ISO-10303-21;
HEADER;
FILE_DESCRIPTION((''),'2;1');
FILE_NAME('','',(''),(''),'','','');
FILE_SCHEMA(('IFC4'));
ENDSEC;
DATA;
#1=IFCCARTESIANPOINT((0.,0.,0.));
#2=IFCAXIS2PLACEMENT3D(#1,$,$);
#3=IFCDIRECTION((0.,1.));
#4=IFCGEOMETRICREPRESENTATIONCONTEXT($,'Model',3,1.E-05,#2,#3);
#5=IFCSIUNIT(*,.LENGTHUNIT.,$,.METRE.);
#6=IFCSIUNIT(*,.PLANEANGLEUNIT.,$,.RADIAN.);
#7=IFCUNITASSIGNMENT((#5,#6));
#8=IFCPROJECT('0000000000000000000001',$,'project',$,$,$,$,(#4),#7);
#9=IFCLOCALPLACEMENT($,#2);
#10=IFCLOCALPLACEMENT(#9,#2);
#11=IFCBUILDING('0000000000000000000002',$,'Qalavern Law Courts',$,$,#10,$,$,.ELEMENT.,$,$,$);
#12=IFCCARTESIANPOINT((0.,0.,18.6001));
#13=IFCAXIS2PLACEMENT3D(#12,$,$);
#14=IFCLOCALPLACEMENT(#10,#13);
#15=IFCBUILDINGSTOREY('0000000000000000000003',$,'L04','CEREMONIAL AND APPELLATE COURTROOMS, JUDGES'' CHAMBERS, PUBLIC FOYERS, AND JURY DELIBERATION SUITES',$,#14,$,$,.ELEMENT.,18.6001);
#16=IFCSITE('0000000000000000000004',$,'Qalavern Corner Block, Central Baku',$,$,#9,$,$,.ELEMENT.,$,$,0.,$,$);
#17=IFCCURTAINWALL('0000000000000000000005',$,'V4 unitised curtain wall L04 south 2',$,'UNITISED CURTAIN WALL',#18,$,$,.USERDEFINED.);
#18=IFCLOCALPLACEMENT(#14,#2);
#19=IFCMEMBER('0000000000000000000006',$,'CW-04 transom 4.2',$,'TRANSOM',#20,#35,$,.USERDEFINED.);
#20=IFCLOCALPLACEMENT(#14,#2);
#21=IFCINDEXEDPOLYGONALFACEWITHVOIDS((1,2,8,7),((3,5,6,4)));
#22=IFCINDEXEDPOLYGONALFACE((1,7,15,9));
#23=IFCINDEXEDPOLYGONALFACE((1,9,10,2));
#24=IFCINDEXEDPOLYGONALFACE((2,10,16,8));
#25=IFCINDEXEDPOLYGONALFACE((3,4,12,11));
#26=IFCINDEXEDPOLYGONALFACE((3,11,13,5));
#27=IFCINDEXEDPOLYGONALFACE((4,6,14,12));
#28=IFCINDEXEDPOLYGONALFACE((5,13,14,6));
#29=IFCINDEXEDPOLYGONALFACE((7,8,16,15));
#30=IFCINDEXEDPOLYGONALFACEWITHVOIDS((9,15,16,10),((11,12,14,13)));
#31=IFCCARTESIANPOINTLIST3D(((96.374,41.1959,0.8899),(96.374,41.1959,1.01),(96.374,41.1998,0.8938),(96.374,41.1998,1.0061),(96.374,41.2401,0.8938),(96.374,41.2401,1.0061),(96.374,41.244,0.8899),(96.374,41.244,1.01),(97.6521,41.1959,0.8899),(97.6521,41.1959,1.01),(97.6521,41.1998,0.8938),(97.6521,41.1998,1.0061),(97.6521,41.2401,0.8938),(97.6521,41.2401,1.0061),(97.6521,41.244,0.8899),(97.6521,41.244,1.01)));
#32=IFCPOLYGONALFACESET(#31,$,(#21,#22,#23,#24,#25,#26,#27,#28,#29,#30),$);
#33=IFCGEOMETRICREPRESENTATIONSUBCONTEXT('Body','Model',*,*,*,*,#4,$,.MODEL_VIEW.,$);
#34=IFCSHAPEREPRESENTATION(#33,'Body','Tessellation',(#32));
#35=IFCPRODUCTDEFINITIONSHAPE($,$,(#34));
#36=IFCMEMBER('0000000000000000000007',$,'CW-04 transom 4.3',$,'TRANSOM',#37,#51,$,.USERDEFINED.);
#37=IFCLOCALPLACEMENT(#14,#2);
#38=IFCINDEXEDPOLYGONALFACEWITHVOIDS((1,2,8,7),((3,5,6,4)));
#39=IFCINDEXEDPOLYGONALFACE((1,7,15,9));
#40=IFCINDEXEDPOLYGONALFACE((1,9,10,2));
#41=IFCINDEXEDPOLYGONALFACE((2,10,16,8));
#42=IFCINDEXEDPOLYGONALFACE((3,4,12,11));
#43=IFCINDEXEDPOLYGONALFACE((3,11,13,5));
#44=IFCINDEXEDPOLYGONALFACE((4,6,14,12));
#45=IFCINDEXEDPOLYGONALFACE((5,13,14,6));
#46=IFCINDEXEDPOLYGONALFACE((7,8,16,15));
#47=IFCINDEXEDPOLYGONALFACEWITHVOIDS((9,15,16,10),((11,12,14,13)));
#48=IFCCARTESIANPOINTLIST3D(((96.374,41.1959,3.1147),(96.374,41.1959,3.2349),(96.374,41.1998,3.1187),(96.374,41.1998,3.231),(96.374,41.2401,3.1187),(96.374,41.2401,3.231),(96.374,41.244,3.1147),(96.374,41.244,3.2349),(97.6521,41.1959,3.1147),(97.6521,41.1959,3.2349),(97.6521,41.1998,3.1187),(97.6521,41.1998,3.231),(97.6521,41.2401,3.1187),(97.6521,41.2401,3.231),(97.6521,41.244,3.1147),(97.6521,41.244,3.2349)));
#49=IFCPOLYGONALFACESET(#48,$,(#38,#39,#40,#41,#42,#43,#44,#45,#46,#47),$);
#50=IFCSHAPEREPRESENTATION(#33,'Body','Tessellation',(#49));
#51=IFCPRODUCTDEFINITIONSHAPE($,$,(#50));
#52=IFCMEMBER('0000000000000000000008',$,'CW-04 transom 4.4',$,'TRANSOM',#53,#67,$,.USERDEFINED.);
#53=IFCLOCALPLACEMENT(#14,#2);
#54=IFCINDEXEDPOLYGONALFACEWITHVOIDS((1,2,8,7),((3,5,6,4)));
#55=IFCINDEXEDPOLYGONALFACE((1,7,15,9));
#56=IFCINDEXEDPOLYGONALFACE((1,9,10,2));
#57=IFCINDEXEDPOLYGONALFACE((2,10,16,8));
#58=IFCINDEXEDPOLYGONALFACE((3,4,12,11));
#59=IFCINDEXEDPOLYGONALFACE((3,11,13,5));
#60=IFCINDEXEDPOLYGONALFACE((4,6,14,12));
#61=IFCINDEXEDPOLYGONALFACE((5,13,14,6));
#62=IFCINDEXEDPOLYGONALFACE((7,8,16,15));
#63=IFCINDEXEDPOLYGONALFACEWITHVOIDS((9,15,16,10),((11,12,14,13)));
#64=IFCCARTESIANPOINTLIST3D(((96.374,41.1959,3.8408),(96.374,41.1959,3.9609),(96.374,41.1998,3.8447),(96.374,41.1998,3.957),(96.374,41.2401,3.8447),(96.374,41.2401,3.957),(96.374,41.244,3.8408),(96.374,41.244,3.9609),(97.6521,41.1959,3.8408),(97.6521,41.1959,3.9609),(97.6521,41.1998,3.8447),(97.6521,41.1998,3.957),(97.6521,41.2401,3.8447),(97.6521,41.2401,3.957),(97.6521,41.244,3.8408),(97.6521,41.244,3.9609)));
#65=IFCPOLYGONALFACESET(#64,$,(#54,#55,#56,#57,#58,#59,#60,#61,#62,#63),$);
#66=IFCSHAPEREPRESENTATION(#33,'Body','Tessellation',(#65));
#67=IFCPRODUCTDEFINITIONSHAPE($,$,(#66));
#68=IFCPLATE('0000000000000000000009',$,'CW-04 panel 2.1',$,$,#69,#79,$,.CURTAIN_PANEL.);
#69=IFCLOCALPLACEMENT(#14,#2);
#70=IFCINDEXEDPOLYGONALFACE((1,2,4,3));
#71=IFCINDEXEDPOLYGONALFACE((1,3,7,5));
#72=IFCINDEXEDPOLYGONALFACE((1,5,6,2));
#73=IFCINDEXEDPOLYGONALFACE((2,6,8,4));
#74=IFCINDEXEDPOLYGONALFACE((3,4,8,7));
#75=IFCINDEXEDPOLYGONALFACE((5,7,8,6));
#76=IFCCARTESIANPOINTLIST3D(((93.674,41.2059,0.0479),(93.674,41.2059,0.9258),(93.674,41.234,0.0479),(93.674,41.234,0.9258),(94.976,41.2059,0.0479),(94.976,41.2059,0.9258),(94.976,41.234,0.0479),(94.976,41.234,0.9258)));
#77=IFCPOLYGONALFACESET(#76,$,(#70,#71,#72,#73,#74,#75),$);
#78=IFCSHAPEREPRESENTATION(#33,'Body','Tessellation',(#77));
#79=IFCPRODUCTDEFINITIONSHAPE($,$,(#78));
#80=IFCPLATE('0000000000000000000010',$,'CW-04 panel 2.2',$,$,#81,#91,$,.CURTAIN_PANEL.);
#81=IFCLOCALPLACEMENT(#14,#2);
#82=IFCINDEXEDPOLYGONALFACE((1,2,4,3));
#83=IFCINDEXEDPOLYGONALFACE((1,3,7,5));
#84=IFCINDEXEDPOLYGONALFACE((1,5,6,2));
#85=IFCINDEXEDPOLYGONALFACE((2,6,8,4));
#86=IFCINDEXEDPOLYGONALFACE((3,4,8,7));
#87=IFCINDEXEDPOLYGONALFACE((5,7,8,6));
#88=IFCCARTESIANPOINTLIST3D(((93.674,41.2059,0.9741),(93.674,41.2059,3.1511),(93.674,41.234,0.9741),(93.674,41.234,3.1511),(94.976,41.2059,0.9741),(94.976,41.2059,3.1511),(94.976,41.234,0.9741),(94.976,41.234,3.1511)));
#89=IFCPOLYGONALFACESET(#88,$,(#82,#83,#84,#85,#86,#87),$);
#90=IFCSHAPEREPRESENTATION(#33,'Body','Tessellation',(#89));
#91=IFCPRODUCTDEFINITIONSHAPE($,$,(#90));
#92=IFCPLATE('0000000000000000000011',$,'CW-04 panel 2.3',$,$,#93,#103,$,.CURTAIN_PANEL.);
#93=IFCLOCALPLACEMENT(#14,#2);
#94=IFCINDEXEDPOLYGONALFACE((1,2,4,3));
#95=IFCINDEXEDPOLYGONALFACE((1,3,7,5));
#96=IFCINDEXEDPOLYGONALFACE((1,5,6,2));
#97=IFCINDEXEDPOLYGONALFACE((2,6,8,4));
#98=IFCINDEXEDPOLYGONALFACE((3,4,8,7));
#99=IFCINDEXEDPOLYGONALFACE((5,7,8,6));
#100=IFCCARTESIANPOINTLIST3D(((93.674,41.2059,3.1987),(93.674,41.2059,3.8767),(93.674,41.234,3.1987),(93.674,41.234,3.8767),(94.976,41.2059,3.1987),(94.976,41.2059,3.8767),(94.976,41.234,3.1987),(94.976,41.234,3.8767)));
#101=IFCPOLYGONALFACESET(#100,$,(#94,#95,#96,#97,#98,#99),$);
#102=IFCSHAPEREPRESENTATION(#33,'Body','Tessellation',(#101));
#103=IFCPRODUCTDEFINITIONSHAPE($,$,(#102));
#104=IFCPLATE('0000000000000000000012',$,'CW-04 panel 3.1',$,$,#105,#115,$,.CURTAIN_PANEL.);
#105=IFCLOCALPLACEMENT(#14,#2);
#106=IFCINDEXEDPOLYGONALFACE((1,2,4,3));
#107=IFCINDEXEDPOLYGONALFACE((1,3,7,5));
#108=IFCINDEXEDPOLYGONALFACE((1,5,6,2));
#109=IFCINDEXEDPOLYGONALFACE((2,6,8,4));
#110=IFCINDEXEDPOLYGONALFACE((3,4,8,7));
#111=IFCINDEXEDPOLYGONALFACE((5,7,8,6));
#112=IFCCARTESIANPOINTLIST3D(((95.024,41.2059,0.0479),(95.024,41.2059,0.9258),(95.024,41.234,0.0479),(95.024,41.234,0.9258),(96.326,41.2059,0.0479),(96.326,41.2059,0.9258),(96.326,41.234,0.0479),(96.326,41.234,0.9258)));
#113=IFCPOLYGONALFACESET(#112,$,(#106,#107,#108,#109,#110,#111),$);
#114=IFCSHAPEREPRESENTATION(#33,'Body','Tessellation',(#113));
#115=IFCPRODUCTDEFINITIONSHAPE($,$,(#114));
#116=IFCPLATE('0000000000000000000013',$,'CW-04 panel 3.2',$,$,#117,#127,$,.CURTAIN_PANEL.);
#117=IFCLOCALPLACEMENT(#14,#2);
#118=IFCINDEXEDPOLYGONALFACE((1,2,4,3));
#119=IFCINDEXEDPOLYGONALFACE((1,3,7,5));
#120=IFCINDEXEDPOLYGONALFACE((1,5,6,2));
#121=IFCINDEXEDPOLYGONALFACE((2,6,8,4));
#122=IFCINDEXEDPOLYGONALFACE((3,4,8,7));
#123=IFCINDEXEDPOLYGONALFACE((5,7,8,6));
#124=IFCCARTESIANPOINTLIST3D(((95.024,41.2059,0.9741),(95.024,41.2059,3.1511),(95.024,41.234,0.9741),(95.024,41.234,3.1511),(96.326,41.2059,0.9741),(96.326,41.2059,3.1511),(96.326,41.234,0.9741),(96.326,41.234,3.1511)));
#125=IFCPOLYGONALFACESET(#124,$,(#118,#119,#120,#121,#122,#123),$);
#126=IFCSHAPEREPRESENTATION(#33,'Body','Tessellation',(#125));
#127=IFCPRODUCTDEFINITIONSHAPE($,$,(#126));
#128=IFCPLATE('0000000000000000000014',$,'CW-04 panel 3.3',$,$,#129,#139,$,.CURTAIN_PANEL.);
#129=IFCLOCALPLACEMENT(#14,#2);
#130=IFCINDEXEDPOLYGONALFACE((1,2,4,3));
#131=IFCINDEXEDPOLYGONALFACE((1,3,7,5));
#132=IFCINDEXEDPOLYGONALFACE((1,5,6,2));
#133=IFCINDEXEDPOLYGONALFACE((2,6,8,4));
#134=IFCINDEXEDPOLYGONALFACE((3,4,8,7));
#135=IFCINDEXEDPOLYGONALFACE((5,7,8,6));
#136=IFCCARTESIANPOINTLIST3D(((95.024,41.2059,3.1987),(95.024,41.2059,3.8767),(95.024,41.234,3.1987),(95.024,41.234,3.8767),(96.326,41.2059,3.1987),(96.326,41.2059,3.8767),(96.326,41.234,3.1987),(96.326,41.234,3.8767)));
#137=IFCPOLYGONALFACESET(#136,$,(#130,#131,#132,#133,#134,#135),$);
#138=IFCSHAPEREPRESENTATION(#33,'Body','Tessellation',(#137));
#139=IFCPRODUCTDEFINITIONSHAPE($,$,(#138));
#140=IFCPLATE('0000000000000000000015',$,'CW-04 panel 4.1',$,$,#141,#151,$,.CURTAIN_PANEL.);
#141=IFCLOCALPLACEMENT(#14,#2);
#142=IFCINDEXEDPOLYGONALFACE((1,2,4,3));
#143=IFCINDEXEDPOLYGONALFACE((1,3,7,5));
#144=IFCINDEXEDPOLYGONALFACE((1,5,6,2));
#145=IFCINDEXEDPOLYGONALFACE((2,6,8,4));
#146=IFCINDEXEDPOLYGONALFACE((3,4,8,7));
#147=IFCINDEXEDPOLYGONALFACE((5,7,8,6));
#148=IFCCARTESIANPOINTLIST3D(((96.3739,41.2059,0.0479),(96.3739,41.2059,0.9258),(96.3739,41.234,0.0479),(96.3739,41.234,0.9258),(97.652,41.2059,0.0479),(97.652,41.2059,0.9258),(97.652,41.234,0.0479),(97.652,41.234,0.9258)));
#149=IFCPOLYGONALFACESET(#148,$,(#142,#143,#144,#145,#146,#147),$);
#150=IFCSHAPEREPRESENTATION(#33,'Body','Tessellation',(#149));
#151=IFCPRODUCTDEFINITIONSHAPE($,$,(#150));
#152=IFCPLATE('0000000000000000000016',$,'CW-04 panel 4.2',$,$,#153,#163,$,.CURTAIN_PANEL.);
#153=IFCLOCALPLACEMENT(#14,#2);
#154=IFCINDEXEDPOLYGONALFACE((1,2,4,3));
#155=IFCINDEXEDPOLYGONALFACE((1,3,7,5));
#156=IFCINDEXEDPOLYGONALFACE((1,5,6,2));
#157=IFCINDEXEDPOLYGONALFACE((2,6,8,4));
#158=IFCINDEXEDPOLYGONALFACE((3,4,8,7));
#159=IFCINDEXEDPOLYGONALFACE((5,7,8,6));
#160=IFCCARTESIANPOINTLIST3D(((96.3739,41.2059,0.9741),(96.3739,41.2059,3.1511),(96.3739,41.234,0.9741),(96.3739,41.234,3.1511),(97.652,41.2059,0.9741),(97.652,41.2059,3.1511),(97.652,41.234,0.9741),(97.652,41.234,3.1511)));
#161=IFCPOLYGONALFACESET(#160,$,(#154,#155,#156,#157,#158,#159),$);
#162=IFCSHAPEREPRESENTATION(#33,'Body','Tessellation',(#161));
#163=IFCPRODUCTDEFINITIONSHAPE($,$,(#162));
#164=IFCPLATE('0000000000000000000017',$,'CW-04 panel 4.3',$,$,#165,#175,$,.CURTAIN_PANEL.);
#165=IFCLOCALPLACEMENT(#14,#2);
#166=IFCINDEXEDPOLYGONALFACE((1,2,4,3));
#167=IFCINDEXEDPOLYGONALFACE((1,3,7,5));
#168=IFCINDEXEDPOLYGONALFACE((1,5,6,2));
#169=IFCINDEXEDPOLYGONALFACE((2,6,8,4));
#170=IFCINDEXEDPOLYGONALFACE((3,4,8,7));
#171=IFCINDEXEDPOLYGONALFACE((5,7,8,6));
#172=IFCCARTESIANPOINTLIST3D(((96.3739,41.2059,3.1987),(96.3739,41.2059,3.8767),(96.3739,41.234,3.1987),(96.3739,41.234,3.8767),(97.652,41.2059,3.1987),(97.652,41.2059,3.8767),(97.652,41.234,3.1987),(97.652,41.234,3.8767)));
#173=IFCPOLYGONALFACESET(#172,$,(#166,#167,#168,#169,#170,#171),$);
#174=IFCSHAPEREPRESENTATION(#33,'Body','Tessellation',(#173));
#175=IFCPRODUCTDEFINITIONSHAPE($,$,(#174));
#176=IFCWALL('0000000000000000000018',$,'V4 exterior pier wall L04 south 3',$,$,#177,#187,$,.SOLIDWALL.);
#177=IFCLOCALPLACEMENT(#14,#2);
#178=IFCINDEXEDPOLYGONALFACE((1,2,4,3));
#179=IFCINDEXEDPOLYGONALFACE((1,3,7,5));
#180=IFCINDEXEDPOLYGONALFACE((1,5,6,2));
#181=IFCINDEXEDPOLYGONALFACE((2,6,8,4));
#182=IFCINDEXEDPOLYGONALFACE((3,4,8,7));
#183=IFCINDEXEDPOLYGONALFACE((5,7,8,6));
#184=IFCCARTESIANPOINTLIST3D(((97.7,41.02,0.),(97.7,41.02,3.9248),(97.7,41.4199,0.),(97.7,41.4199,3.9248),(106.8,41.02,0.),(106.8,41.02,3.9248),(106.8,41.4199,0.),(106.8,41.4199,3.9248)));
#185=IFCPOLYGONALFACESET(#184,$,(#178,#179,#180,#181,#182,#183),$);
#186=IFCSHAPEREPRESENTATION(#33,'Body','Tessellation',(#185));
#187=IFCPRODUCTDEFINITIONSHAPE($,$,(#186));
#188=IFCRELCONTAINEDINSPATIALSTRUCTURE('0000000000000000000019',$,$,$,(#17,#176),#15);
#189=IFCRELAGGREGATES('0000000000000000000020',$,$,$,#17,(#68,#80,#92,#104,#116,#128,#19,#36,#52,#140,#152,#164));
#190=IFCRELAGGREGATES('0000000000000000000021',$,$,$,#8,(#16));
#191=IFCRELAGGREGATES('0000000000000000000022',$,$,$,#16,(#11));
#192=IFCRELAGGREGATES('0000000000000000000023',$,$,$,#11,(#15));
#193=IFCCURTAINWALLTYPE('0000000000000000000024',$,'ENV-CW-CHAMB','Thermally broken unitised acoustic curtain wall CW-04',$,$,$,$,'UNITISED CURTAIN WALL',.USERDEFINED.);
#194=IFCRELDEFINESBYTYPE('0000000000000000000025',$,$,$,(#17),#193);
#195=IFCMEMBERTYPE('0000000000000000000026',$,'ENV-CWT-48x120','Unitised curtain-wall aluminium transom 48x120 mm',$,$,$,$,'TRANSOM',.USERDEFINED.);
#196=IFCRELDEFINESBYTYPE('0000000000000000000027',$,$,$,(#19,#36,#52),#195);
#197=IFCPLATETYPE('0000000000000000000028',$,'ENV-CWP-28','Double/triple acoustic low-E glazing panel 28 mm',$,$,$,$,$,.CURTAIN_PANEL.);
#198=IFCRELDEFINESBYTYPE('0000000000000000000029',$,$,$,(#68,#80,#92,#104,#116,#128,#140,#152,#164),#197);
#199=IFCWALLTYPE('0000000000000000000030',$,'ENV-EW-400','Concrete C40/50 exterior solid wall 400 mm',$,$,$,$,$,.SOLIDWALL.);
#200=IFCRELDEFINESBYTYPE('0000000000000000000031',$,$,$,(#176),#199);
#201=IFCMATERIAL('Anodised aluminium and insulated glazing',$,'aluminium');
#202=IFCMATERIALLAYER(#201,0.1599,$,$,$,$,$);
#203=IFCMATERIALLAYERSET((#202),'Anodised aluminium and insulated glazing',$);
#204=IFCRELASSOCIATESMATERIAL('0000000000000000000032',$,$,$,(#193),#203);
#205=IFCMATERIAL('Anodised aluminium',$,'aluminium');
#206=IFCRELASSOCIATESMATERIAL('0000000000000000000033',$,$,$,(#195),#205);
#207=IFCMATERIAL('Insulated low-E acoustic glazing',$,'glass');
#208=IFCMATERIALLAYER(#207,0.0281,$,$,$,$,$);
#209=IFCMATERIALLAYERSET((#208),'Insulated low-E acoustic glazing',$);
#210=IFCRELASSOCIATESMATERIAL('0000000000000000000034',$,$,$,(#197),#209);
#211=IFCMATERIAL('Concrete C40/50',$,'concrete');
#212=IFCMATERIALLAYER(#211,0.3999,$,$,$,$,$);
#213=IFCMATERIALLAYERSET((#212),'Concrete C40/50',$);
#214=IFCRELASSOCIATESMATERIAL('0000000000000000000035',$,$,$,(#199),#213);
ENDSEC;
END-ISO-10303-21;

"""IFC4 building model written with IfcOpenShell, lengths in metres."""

from ifc_helpers import new_model, si_unit, direction, frame, frame_2d, origin, origin_2d, place, context, subcontext, project, spatial, rectangle, hollow_rectangle, extrude, material, layer, layer_set, material_profile, profile_set, type_object, element, aggregate, save


model = new_model("IFC4")

# Units and contexts
model_context = context("Model", 3, precision=1e-05, world=origin(), true_north=direction((0.0, 1.0)))
body_context = subcontext(model_context, "Body", "Model", "MODEL_VIEW")
ifc_project = project(units=[si_unit("LENGTHUNIT", "METRE"), si_unit("PLANEANGLEUNIT", "RADIAN")], contexts=[model_context])

# Site, building, storey
site_placement = place(None, origin())
site = spatial("IfcSite", under=ifc_project, at=site_placement, Name="Qalavern Corner Block, Central Baku", CompositionType="ELEMENT", RefElevation=0.0)
building_placement = place(site_placement, origin())
building = spatial("IfcBuilding", under=site, at=building_placement, Name="Qalavern Law Courts", CompositionType="ELEMENT")
storey_placement = place(building_placement, frame((0.0, 0.0, 18.6001)))
storey = spatial("IfcBuildingStorey", under=building, at=storey_placement, Name="L04", Description="CEREMONIAL AND APPELLATE COURTROOMS, JUDGES' CHAMBERS, PUBLIC FOYERS, AND JURY DELIBERATION SUITES", CompositionType="ELEMENT", Elevation=18.6001)

# Curtain wall, members, plates
ifc_material_1 = material(Name="Anodised aluminium and insulated glazing", Category="aluminium")
ifc_layer_1 = layer(ifc_material_1, 0.1599)
ifc_layer_set_1 = layer_set([ifc_layer_1], Name="Anodised aluminium and insulated glazing")
curtain_wall_type = type_object("IfcCurtainWallType", Name="ENV-CW-CHAMB", Description="Thermally broken unitised acoustic curtain wall CW-04", ElementType="UNITISED CURTAIN WALL", PredefinedType="USERDEFINED", material=ifc_layer_set_1)
curtain_wall_placement = place(storey_placement, origin())
curtain_wall = element("IfcCurtainWall", 1, at=curtain_wall_placement, inside=storey, type_object=curtain_wall_type, Name="V4 unitised curtain wall L04 south 2", ObjectType="UNITISED CURTAIN WALL", PredefinedType="USERDEFINED")
ifc_material_2 = material(Name="Anodised aluminium", Category="aluminium")
ifc_material_profile_1 = material_profile(ifc_material_2, hollow_rectangle(XDim=0.0481, YDim=0.1201, WallThickness=0.0039, at=origin_2d()), Name="ALU TRANSOM 48x120")
ifc_profile_set_1 = profile_set([ifc_material_profile_1], Name="Anodised aluminium")
member_type_1 = type_object("IfcMemberType", Name="ENV-CWT-48x120", Description="Unitised curtain-wall aluminium transom 48x120 mm", ElementType="TRANSOM", PredefinedType="USERDEFINED", material=ifc_profile_set_1)
member_1_placement = place(storey_placement, frame((96.374, 41.22, 0.95), z_axis=(1.0, 0.0, 0.0), x_axis=(0.0, 1.0, 0.0)))
member_1 = element("IfcMember", 2, at=member_1_placement, type_object=member_type_1, Name="CW-04 transom 4.2", ObjectType="TRANSOM", PredefinedType="USERDEFINED", context=body_context, shape_type="SweptSolid", body=[
    extrude(hollow_rectangle(XDim=0.0481, YDim=0.1201, WallThickness=0.0039, at=origin_2d()), origin(), (0.0, 0.0, 1.0), 1.2781),
])
member_2_placement = place(storey_placement, frame((96.374, 41.22, 3.1748), z_axis=(1.0, 0.0, 0.0), x_axis=(0.0, 1.0, 0.0)))
member_2 = element("IfcMember", 3, at=member_2_placement, type_object=member_type_1, Name="CW-04 transom 4.3", ObjectType="TRANSOM", PredefinedType="USERDEFINED", context=body_context, shape_type="SweptSolid", body=[
    extrude(hollow_rectangle(XDim=0.0481, YDim=0.1201, WallThickness=0.0039, at=origin_2d()), origin(), (0.0, 0.0, 1.0), 1.2781),
])
member_3_placement = place(storey_placement, frame((96.374, 41.22, 3.9009), z_axis=(1.0, 0.0, 0.0), x_axis=(0.0, 1.0, 0.0)))
member_3 = element("IfcMember", 4, at=member_3_placement, type_object=member_type_1, Name="CW-04 transom 4.4", ObjectType="TRANSOM", PredefinedType="USERDEFINED", context=body_context, shape_type="SweptSolid", body=[
    extrude(hollow_rectangle(XDim=0.0481, YDim=0.1201, WallThickness=0.0039, at=origin_2d()), origin(), (0.0, 0.0, 1.0), 1.2781),
])
ifc_material_3 = material(Name="Insulated low-E acoustic glazing", Category="glass")
ifc_layer_2 = layer(ifc_material_3, 0.0281)
ifc_layer_set_2 = layer_set([ifc_layer_2], Name="Insulated low-E acoustic glazing")
plate_type = type_object("IfcPlateType", Name="ENV-CWP-28", Description="Double/triple acoustic low-E glazing panel 28 mm", PredefinedType="CURTAIN_PANEL", material=ifc_layer_set_2)
plate_1_placement = place(storey_placement, frame((94.325, 41.22, 0.0479), z_axis=(0.0, 0.0, 1.0), x_axis=(1.0, 0.0, 0.0)))
plate_1 = element("IfcPlate", 5, at=plate_1_placement, type_object=plate_type, Name="CW-04 panel 2.1", PredefinedType="CURTAIN_PANEL", context=body_context, shape_type="SweptSolid", body=[
    extrude(rectangle(XDim=1.302, YDim=0.0281, at=origin_2d()), origin(), (0.0, 0.0, 1.0), 0.8779),
])
plate_2_placement = place(storey_placement, frame((94.325, 41.22, 0.9741), z_axis=(0.0, 0.0, 1.0), x_axis=(1.0, 0.0, 0.0)))
plate_2 = element("IfcPlate", 6, at=plate_2_placement, type_object=plate_type, Name="CW-04 panel 2.2", PredefinedType="CURTAIN_PANEL", context=body_context, shape_type="SweptSolid", body=[
    extrude(rectangle(XDim=1.302, YDim=0.0281, at=origin_2d()), origin(), (0.0, 0.0, 1.0), 2.177),
])
plate_3_placement = place(storey_placement, frame((94.325, 41.22, 3.1987), z_axis=(0.0, 0.0, 1.0), x_axis=(1.0, 0.0, 0.0)))
plate_3 = element("IfcPlate", 7, at=plate_3_placement, type_object=plate_type, Name="CW-04 panel 2.3", PredefinedType="CURTAIN_PANEL", context=body_context, shape_type="SweptSolid", body=[
    extrude(rectangle(XDim=1.302, YDim=0.0281, at=origin_2d()), origin(), (0.0, 0.0, 1.0), 0.678),
])
plate_4_placement = place(storey_placement, frame((95.675, 41.22, 0.0479), z_axis=(0.0, 0.0, 1.0), x_axis=(1.0, 0.0, 0.0)))
plate_4 = element("IfcPlate", 8, at=plate_4_placement, type_object=plate_type, Name="CW-04 panel 3.1", PredefinedType="CURTAIN_PANEL", context=body_context, shape_type="SweptSolid", body=[
    extrude(rectangle(XDim=1.302, YDim=0.0281, at=origin_2d()), origin(), (0.0, 0.0, 1.0), 0.8779),
])
plate_5_placement = place(storey_placement, frame((95.675, 41.22, 0.9741), z_axis=(0.0, 0.0, 1.0), x_axis=(1.0, 0.0, 0.0)))
plate_5 = element("IfcPlate", 9, at=plate_5_placement, type_object=plate_type, Name="CW-04 panel 3.2", PredefinedType="CURTAIN_PANEL", context=body_context, shape_type="SweptSolid", body=[
    extrude(rectangle(XDim=1.302, YDim=0.0281, at=origin_2d()), origin(), (0.0, 0.0, 1.0), 2.177),
])
plate_6_placement = place(storey_placement, frame((95.675, 41.22, 3.1987), z_axis=(0.0, 0.0, 1.0), x_axis=(1.0, 0.0, 0.0)))
plate_6 = element("IfcPlate", 10, at=plate_6_placement, type_object=plate_type, Name="CW-04 panel 3.3", PredefinedType="CURTAIN_PANEL", context=body_context, shape_type="SweptSolid", body=[
    extrude(rectangle(XDim=1.302, YDim=0.0281, at=origin_2d()), origin(), (0.0, 0.0, 1.0), 0.678),
])
plate_7_placement = place(storey_placement, frame((97.0129, 41.22, 0.0479), z_axis=(0.0, 0.0, 1.0), x_axis=(1.0, 0.0, 0.0)))
plate_7 = element("IfcPlate", 11, at=plate_7_placement, type_object=plate_type, Name="CW-04 panel 4.1", PredefinedType="CURTAIN_PANEL", context=body_context, shape_type="SweptSolid", body=[
    extrude(rectangle(XDim=1.2781, YDim=0.0281, at=origin_2d()), origin(), (0.0, 0.0, 1.0), 0.8779),
])
plate_8_placement = place(storey_placement, frame((97.0129, 41.22, 0.9741), z_axis=(0.0, 0.0, 1.0), x_axis=(1.0, 0.0, 0.0)))
plate_8 = element("IfcPlate", 12, at=plate_8_placement, type_object=plate_type, Name="CW-04 panel 4.2", PredefinedType="CURTAIN_PANEL", context=body_context, shape_type="SweptSolid", body=[
    extrude(rectangle(XDim=1.2781, YDim=0.0281, at=origin_2d()), origin(), (0.0, 0.0, 1.0), 2.177),
])
plate_9_placement = place(storey_placement, frame((97.0129, 41.22, 3.1987), z_axis=(0.0, 0.0, 1.0), x_axis=(1.0, 0.0, 0.0)))
plate_9 = element("IfcPlate", 13, at=plate_9_placement, type_object=plate_type, Name="CW-04 panel 4.3", PredefinedType="CURTAIN_PANEL", context=body_context, shape_type="SweptSolid", body=[
    extrude(rectangle(XDim=1.2781, YDim=0.0281, at=origin_2d()), origin(), (0.0, 0.0, 1.0), 0.678),
])
aggregate(curtain_wall, [plate_1, plate_2, plate_3, plate_4, plate_5, plate_6, member_1, member_2, member_3, plate_7, plate_8, plate_9])

# Wall
ifc_material_4 = material(Name="Concrete C40/50", Category="concrete")
ifc_layer_3 = layer(ifc_material_4, 0.3999)
ifc_layer_set_3 = layer_set([ifc_layer_3], Name="Concrete C40/50")
wall_type_1 = type_object("IfcWallType", Name="ENV-EW-400", Description="Concrete C40/50 exterior solid wall 400 mm", PredefinedType="SOLIDWALL", material=ifc_layer_set_3)
wall_1_placement = place(storey_placement, frame((97.7, 41.22, 0.0), z_axis=(0.0, 0.0, 1.0), x_axis=(1.0, 0.0, 0.0)))
element("IfcWall", 14, at=wall_1_placement, inside=storey, type_object=wall_type_1, Name="V4 exterior pier wall L04 south 3", PredefinedType="SOLIDWALL", context=body_context, shape_type="SweptSolid", body=[
    extrude(rectangle(XDim=9.1001, YDim=0.3999, at=frame_2d((4.55, 0.0))), origin(), (0.0, 0.0, 1.0), 3.9248),
])

save(model, "model.ifc")
